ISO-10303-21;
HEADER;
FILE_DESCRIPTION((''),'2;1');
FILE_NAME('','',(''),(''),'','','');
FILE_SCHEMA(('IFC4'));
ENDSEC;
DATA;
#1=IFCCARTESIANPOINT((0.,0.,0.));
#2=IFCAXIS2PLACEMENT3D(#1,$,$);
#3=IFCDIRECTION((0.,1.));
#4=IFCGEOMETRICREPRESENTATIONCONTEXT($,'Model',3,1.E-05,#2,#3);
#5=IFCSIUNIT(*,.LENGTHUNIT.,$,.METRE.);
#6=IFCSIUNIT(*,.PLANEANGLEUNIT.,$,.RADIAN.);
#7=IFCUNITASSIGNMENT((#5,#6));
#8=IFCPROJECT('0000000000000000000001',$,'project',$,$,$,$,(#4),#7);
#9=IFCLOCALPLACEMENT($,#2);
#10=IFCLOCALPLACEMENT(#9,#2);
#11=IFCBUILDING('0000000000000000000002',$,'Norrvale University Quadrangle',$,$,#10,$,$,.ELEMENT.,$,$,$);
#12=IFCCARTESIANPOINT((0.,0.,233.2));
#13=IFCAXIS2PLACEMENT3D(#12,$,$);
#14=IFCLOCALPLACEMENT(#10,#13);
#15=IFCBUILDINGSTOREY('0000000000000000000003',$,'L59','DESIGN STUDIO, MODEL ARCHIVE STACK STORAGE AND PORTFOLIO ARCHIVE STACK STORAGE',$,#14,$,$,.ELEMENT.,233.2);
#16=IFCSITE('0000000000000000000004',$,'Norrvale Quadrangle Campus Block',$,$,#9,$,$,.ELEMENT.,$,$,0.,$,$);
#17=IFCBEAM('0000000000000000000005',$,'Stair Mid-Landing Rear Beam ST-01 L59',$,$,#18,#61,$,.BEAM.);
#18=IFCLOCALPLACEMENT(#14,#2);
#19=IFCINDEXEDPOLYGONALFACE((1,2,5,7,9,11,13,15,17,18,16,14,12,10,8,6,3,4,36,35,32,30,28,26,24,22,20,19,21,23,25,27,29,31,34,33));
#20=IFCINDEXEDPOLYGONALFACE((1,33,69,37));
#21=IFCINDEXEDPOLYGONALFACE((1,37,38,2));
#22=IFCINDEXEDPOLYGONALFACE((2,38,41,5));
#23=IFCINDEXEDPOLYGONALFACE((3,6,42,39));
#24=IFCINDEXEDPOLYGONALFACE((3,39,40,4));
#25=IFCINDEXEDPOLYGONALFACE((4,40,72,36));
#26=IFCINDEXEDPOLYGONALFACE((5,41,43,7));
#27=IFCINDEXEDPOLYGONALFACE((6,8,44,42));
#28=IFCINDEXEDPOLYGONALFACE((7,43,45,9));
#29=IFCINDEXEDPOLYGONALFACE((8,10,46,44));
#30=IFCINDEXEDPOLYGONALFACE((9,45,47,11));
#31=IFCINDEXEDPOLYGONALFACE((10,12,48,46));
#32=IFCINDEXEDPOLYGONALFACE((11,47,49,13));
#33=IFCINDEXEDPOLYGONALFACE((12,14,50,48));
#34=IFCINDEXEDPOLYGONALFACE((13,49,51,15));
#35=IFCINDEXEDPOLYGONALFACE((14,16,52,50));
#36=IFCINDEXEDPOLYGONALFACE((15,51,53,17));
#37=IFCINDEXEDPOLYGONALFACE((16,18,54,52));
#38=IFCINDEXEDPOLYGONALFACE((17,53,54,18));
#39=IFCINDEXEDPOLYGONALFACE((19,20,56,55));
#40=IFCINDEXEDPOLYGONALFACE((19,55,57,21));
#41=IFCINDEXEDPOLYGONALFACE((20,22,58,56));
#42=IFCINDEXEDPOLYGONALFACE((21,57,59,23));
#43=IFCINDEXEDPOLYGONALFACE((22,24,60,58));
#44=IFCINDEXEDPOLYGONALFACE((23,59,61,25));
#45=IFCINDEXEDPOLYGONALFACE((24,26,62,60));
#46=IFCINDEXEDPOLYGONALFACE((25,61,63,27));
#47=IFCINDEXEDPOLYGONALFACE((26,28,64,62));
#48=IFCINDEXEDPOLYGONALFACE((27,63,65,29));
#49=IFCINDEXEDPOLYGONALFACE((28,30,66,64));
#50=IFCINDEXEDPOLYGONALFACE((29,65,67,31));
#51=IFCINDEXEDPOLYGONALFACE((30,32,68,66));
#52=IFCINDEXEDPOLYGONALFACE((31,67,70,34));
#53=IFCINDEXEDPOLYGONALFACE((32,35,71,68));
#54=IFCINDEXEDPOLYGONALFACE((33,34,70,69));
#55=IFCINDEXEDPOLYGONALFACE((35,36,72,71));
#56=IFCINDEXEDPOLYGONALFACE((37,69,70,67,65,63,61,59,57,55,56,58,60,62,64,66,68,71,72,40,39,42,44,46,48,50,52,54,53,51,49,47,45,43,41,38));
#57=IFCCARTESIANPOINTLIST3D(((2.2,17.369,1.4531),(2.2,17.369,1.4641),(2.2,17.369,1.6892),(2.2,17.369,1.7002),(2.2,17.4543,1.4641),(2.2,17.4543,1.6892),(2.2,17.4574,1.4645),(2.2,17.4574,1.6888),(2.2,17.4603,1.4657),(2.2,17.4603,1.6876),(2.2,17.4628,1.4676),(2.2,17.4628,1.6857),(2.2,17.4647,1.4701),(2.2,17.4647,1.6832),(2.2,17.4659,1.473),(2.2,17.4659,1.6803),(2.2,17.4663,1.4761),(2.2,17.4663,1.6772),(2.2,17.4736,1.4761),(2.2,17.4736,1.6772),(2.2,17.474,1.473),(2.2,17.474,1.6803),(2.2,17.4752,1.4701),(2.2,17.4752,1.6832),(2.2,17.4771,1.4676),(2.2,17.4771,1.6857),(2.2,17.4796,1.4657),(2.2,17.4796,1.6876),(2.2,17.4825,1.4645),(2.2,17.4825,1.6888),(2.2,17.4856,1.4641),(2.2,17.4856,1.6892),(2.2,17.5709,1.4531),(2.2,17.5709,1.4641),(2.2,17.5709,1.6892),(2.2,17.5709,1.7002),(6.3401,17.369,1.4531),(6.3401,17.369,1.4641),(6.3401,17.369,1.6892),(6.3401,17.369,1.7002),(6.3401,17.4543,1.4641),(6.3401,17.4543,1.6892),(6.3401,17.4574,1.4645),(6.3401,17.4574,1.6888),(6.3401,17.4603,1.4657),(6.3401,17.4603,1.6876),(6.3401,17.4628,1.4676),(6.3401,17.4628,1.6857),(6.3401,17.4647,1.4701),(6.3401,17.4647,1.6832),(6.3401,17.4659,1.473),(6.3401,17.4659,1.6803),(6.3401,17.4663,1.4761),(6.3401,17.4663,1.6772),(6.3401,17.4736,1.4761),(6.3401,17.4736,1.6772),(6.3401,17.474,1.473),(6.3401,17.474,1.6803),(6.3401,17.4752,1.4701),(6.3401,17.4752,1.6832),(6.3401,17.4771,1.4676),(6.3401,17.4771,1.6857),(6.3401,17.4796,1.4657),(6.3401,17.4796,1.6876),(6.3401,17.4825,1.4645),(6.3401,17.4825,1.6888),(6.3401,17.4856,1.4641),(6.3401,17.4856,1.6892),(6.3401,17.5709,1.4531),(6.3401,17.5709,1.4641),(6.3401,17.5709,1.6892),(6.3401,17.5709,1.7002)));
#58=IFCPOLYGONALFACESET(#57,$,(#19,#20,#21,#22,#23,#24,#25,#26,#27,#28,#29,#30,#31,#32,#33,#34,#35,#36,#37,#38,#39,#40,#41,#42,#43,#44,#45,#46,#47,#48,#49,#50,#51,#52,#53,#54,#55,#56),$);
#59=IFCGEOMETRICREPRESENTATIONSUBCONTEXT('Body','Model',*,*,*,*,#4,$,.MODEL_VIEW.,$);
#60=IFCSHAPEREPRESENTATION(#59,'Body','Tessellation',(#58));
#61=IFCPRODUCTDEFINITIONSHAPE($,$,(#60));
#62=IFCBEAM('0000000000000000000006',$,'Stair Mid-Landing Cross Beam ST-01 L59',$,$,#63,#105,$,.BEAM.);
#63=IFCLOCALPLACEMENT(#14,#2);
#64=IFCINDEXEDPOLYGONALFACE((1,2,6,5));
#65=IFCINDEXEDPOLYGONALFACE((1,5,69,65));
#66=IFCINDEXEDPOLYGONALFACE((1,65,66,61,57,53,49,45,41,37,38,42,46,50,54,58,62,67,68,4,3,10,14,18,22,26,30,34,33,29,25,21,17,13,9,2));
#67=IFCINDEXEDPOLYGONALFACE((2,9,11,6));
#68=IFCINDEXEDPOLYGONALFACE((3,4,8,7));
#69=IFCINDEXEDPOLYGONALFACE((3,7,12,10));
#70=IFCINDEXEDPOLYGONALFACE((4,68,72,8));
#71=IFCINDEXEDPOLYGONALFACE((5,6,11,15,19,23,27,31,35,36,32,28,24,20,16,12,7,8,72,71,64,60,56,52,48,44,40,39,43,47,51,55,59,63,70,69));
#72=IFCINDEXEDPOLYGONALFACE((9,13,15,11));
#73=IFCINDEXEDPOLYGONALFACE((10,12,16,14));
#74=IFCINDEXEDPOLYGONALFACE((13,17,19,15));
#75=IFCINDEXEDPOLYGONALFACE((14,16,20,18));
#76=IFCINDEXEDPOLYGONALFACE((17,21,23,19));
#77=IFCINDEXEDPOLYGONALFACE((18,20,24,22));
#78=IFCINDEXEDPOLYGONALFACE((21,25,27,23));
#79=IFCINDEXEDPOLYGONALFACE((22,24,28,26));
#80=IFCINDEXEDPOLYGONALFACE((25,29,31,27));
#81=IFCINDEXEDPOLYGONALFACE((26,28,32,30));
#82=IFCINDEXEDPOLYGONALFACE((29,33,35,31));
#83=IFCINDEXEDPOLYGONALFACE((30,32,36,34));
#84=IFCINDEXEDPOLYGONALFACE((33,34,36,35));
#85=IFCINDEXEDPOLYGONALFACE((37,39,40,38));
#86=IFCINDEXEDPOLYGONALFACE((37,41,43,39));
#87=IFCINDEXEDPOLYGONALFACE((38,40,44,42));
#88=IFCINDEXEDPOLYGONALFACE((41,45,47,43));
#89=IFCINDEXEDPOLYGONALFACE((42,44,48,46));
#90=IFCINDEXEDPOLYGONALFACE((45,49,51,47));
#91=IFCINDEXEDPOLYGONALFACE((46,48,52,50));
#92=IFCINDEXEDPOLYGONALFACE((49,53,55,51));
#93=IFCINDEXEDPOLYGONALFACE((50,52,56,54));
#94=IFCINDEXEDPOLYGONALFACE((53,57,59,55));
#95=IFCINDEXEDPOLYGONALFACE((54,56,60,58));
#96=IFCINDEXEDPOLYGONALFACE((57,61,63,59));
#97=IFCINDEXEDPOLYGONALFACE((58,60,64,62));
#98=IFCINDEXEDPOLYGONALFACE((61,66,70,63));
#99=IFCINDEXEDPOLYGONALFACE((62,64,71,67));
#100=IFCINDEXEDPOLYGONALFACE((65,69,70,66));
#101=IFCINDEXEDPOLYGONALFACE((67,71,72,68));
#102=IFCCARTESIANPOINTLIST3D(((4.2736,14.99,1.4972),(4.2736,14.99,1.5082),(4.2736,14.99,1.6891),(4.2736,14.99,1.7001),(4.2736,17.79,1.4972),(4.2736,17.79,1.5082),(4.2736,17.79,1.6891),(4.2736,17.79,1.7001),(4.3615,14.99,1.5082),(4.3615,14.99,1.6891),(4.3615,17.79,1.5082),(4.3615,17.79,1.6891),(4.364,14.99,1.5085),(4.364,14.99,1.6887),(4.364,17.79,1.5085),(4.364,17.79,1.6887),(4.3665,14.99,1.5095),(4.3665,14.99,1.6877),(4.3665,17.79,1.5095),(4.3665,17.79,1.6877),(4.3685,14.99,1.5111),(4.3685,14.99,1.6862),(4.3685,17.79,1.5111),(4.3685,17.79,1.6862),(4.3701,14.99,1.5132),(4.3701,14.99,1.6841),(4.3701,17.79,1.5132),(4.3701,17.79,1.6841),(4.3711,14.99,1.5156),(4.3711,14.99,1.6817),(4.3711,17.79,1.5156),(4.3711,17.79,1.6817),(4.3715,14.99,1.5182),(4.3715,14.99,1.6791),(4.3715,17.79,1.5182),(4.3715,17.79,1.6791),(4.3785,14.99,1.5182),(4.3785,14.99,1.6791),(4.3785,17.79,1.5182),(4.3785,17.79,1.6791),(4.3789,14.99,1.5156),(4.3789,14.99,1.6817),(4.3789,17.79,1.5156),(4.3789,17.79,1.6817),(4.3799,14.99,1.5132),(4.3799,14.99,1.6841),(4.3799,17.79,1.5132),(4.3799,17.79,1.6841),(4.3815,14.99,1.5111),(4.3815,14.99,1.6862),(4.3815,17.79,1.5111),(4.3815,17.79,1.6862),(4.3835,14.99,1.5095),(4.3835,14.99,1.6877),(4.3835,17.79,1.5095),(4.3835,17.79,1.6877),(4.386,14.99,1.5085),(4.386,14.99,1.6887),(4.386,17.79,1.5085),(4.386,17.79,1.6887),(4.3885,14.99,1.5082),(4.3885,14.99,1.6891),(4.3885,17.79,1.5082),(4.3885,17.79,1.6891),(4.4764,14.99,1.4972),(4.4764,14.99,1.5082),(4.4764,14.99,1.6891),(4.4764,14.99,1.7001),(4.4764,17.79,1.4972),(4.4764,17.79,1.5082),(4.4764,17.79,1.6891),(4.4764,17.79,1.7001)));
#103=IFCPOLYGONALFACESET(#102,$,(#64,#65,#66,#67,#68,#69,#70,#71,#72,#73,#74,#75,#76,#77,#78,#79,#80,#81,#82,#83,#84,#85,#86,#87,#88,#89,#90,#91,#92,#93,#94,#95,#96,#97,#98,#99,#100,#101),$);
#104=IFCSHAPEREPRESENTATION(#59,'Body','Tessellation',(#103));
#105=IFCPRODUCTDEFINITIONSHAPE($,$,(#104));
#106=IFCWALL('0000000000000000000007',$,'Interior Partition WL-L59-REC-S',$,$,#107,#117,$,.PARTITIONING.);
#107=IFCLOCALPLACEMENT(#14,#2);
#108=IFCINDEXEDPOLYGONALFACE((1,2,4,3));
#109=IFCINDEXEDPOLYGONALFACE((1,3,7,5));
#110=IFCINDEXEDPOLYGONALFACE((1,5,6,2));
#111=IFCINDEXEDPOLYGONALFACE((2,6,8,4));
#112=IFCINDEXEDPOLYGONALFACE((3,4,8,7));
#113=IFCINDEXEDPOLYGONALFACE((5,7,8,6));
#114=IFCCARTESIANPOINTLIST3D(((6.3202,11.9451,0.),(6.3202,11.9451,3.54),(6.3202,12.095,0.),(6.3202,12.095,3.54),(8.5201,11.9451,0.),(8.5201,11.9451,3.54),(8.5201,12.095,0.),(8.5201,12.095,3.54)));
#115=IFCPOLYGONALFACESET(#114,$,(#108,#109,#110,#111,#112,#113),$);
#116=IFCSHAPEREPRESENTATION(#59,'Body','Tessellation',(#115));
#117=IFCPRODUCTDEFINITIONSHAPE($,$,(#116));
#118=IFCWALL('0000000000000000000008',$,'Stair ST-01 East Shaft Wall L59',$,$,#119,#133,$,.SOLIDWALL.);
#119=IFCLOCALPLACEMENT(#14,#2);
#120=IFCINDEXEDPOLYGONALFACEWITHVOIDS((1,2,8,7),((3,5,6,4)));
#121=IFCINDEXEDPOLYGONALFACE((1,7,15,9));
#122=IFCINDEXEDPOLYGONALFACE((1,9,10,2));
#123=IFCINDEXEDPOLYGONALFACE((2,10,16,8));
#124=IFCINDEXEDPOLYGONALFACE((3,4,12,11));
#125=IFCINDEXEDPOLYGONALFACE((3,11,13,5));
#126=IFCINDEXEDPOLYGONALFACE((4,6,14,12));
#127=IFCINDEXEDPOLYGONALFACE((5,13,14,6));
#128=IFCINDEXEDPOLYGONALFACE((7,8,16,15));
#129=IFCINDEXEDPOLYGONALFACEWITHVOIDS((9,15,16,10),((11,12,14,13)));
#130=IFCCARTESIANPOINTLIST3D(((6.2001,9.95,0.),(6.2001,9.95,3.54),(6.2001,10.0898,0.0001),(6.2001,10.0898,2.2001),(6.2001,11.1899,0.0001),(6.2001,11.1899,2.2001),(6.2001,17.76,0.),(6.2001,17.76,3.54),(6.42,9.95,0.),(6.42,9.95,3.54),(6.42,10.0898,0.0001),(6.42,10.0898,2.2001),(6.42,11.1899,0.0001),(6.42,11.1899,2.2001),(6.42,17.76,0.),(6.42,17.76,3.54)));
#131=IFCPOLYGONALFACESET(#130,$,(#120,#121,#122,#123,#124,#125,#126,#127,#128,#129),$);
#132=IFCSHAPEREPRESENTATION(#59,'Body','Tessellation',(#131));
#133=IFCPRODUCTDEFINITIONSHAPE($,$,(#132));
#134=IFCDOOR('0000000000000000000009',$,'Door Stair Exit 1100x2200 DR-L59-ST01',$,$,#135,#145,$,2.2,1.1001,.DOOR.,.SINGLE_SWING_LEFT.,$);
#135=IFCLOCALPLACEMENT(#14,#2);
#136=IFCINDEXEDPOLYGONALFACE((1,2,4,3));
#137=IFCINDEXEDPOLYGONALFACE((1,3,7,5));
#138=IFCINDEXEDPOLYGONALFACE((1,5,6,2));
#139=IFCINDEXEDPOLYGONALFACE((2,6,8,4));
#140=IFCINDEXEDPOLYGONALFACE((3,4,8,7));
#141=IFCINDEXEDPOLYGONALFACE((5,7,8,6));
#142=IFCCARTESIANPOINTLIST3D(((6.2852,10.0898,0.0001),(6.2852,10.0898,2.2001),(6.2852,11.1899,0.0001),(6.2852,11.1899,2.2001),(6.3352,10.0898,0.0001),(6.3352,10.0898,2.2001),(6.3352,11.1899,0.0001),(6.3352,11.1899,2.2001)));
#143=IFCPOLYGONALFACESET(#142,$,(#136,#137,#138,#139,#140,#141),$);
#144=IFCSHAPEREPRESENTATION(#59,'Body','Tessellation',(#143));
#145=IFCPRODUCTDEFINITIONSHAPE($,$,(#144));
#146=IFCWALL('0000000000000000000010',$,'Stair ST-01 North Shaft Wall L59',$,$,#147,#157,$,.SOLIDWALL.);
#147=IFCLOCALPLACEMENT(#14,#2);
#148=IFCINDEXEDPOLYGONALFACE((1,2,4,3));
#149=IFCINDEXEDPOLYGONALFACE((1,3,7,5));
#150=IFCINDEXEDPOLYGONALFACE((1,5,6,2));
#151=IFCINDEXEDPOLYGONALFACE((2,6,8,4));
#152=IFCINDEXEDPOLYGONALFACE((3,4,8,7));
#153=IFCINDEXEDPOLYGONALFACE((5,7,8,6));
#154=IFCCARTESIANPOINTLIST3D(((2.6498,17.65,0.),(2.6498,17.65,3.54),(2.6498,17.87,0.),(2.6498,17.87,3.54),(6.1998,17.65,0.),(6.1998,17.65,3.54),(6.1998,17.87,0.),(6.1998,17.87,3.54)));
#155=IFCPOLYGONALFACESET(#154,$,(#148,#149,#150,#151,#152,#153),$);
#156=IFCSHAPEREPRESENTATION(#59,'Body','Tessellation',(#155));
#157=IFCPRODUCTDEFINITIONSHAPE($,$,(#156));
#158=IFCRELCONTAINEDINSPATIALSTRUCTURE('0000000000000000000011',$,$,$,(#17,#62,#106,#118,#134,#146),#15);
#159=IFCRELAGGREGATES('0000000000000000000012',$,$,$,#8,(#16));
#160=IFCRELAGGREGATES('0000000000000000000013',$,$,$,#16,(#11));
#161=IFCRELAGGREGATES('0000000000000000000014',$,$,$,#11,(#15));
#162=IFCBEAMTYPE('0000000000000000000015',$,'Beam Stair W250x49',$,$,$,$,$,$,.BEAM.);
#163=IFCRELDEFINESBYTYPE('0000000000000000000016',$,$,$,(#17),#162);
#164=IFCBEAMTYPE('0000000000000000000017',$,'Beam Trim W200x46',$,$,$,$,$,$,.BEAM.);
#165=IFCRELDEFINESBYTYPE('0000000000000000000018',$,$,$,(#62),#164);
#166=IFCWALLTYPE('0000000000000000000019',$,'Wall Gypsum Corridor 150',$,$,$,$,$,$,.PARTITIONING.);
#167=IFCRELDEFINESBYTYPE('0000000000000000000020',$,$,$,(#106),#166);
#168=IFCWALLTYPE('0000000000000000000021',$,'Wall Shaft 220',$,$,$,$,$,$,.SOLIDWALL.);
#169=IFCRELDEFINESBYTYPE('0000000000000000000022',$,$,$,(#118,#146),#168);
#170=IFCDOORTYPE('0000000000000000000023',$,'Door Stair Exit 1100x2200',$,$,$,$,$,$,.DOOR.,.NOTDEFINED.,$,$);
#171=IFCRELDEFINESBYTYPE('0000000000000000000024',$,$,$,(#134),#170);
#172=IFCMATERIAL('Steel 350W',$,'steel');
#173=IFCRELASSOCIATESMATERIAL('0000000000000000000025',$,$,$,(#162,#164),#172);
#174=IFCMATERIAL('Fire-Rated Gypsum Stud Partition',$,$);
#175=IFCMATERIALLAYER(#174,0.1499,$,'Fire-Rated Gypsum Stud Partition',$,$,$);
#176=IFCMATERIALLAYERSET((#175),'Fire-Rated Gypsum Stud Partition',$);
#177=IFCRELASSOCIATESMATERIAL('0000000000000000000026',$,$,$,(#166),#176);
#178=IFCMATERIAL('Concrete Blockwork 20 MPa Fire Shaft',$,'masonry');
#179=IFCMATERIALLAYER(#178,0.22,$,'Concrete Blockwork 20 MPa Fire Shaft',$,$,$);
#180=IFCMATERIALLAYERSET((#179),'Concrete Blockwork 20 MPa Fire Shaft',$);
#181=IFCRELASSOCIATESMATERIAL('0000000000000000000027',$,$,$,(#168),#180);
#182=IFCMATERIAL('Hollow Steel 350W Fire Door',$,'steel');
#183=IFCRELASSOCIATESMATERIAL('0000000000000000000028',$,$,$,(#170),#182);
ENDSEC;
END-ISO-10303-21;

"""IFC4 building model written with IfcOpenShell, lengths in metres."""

from ifc_helpers import new_model, si_unit, direction, frame, frame_2d, origin, origin_2d, place, context, subcontext, project, spatial, rectangle, i_section, extrude, material, layer, layer_set, material_profile, profile_set, type_object, element, fill, save


model = new_model("IFC4")

# Units and contexts
model_context = context("Model", 3, precision=1e-05, world=origin(), true_north=direction((0.0, 1.0)))
body_context = subcontext(model_context, "Body", "Model", "MODEL_VIEW")
ifc_project = project(units=[si_unit("LENGTHUNIT", "METRE"), si_unit("PLANEANGLEUNIT", "RADIAN")], contexts=[model_context])

# Site, building, storey
site_placement = place(None, origin())
site = spatial("IfcSite", under=ifc_project, at=site_placement, Name="Norrvale Quadrangle Campus Block", CompositionType="ELEMENT", RefElevation=0.0)
building_placement = place(site_placement, origin())
building = spatial("IfcBuilding", under=site, at=building_placement, Name="Norrvale University Quadrangle", CompositionType="ELEMENT")
storey_placement = place(building_placement, frame((0.0, 0.0, 233.2)))
storey = spatial("IfcBuildingStorey", under=building, at=storey_placement, Name="L59", Description="DESIGN STUDIO, MODEL ARCHIVE STACK STORAGE AND PORTFOLIO ARCHIVE STACK STORAGE", CompositionType="ELEMENT", Elevation=233.2)

# Beams
ifc_material_1 = material(Name="Steel 350W", Category="steel")
ifc_material_profile_1 = material_profile(ifc_material_1, i_section(OverallWidth=0.2019, OverallDepth=0.2471, WebThickness=0.0073, FlangeThickness=0.011, FilletRadius=0.012, at=origin_2d()), Name="Steel 350W")
ifc_profile_set_1 = profile_set([ifc_material_profile_1], Name="Steel 350W")
beam_type_1 = type_object("IfcBeamType", Name="Beam Stair W250x49", PredefinedType="BEAM", material=ifc_profile_set_1)
for number, where, z_axis, x_axis, name in (
    (1, (2.2, 17.47, 1.5767), (1.0, 0.0, 0.0), (0.0, 1.0, 0.0), "Stair Mid-Landing Rear Beam ST-01 L59"),
):
    element("IfcBeam", number, at=place(storey_placement, frame(where, z_axis=z_axis, x_axis=x_axis)), inside=storey, type_object=beam_type_1, Name=name, PredefinedType="BEAM", context=body_context, shape_type="SweptSolid", body=[
        extrude(i_section(OverallWidth=0.2019, OverallDepth=0.2471, WebThickness=0.0073, FlangeThickness=0.011, FilletRadius=0.012, at=origin_2d()), origin(), (0.0, 0.0, 1.0), 4.1401),
    ])
ifc_material_profile_2 = material_profile(ifc_material_1, i_section(OverallWidth=0.2029, OverallDepth=0.2029, WebThickness=0.0071, FlangeThickness=0.011, FilletRadius=0.01, at=origin_2d()), Name="Steel 350W")
ifc_profile_set_2 = profile_set([ifc_material_profile_2], Name="Steel 350W")
beam_type_2 = type_object("IfcBeamType", Name="Beam Trim W200x46", PredefinedType="BEAM", material=ifc_profile_set_2)
beam_1_placement = place(storey_placement, frame((4.375, 14.99, 1.5986), z_axis=(0.0, 1.0, 0.0), x_axis=(-1.0, 0.0, 0.0)))
element("IfcBeam", 2, at=beam_1_placement, inside=storey, type_object=beam_type_2, Name="Stair Mid-Landing Cross Beam ST-01 L59", PredefinedType="BEAM", context=body_context, shape_type="SweptSolid", body=[
    extrude(i_section(OverallWidth=0.2029, OverallDepth=0.2029, WebThickness=0.0071, FlangeThickness=0.011, FilletRadius=0.01, at=origin_2d()), origin(), (0.0, 0.0, 1.0), 2.8),
])

# Wall
ifc_material_2 = material(Name="Fire-Rated Gypsum Stud Partition")
ifc_layer_1 = layer(ifc_material_2, 0.1499, Name="Fire-Rated Gypsum Stud Partition")
ifc_layer_set_1 = layer_set([ifc_layer_1], Name="Fire-Rated Gypsum Stud Partition")
wall_type_1 = type_object("IfcWallType", Name="Wall Gypsum Corridor 150", PredefinedType="PARTITIONING", material=ifc_layer_set_1)
wall_1_placement = place(storey_placement, frame((6.3201, 12.02, 0.0), z_axis=(0.0, 0.0, 1.0), x_axis=(1.0, 0.0, 0.0)))
element("IfcWall", 3, at=wall_1_placement, inside=storey, type_object=wall_type_1, Name="Interior Partition WL-L59-REC-S", PredefinedType="PARTITIONING", context=body_context, shape_type="SweptSolid", body=[
    extrude(rectangle(XDim=2.2, YDim=0.1499, at=frame_2d((1.1001, 0.0))), origin(), (0.0, 0.0, 1.0), 3.54),
])

# Wall, opening, door
ifc_material_3 = material(Name="Concrete Blockwork 20 MPa Fire Shaft", Category="masonry")
ifc_layer_2 = layer(ifc_material_3, 0.22, Name="Concrete Blockwork 20 MPa Fire Shaft")
ifc_layer_set_2 = layer_set([ifc_layer_2], Name="Concrete Blockwork 20 MPa Fire Shaft")
wall_type_2 = type_object("IfcWallType", Name="Wall Shaft 220", PredefinedType="SOLIDWALL", material=ifc_layer_set_2)
wall_2_placement = place(storey_placement, frame((6.3101, 9.95, 0.0), z_axis=(0.0, 0.0, 1.0), x_axis=(0.0, 1.0, 0.0)))
wall_2 = element("IfcWall", 4, at=wall_2_placement, inside=storey, type_object=wall_type_2, Name="Stair ST-01 East Shaft Wall L59", PredefinedType="SOLIDWALL", context=body_context, shape_type="SweptSolid", body=[
    extrude(rectangle(XDim=7.8101, YDim=0.22, at=frame_2d((3.905, 0.0))), origin(), (0.0, 0.0, 1.0), 3.54),
])
opening_placement = place(wall_2_placement, frame((0.1399, 0.0, 0.0)))
opening = element("IfcOpeningElement", 5, at=opening_placement, cuts=wall_2, PredefinedType="OPENING", context=body_context, shape_type="SweptSolid", body=[
    extrude(rectangle(XDim=1.1001, YDim=2.2, at=frame_2d((0.55, 1.1001))), frame((0.0, 0.1221, 0.0), z_axis=(0.0, -1.0, 0.0), x_axis=(1.0, 0.0, 0.0)), (0.0, 0.0, 1.0), 0.2439),
])
ifc_material_4 = material(Name="Hollow Steel 350W Fire Door", Category="steel")
door_type = type_object("IfcDoorType", Name="Door Stair Exit 1100x2200", OperationType="NOTDEFINED", PredefinedType="DOOR", material=ifc_material_4)
door_placement = place(opening_placement, origin())
door = element("IfcDoor", 6, at=door_placement, inside=storey, type_object=door_type, Name="Door Stair Exit 1100x2200 DR-L59-ST01", OperationType="SINGLE_SWING_LEFT", OverallHeight=2.2, OverallWidth=1.1001, PredefinedType="DOOR", context=body_context, shape_type="SweptSolid", body=[
    extrude(rectangle(XDim=1.1001, YDim=2.2, at=frame_2d((0.55, 1.1001))), frame((0.0, 0.0249, 0.0), z_axis=(0.0, -1.0, 0.0), x_axis=(1.0, 0.0, 0.0)), (0.0, 0.0, 1.0), 0.05),
])
fill(opening, door)

# Wall
wall_3_placement = place(storey_placement, frame((2.6499, 17.76, 0.0), z_axis=(0.0, 0.0, 1.0), x_axis=(1.0, 0.0, 0.0)))
element("IfcWall", 7, at=wall_3_placement, inside=storey, type_object=wall_type_2, Name="Stair ST-01 North Shaft Wall L59", PredefinedType="SOLIDWALL", context=body_context, shape_type="SweptSolid", body=[
    extrude(rectangle(XDim=3.55, YDim=0.22, at=frame_2d((1.7749, 0.0))), origin(), (0.0, 0.0, 1.0), 3.54),
])

save(model, "model.ifc")
